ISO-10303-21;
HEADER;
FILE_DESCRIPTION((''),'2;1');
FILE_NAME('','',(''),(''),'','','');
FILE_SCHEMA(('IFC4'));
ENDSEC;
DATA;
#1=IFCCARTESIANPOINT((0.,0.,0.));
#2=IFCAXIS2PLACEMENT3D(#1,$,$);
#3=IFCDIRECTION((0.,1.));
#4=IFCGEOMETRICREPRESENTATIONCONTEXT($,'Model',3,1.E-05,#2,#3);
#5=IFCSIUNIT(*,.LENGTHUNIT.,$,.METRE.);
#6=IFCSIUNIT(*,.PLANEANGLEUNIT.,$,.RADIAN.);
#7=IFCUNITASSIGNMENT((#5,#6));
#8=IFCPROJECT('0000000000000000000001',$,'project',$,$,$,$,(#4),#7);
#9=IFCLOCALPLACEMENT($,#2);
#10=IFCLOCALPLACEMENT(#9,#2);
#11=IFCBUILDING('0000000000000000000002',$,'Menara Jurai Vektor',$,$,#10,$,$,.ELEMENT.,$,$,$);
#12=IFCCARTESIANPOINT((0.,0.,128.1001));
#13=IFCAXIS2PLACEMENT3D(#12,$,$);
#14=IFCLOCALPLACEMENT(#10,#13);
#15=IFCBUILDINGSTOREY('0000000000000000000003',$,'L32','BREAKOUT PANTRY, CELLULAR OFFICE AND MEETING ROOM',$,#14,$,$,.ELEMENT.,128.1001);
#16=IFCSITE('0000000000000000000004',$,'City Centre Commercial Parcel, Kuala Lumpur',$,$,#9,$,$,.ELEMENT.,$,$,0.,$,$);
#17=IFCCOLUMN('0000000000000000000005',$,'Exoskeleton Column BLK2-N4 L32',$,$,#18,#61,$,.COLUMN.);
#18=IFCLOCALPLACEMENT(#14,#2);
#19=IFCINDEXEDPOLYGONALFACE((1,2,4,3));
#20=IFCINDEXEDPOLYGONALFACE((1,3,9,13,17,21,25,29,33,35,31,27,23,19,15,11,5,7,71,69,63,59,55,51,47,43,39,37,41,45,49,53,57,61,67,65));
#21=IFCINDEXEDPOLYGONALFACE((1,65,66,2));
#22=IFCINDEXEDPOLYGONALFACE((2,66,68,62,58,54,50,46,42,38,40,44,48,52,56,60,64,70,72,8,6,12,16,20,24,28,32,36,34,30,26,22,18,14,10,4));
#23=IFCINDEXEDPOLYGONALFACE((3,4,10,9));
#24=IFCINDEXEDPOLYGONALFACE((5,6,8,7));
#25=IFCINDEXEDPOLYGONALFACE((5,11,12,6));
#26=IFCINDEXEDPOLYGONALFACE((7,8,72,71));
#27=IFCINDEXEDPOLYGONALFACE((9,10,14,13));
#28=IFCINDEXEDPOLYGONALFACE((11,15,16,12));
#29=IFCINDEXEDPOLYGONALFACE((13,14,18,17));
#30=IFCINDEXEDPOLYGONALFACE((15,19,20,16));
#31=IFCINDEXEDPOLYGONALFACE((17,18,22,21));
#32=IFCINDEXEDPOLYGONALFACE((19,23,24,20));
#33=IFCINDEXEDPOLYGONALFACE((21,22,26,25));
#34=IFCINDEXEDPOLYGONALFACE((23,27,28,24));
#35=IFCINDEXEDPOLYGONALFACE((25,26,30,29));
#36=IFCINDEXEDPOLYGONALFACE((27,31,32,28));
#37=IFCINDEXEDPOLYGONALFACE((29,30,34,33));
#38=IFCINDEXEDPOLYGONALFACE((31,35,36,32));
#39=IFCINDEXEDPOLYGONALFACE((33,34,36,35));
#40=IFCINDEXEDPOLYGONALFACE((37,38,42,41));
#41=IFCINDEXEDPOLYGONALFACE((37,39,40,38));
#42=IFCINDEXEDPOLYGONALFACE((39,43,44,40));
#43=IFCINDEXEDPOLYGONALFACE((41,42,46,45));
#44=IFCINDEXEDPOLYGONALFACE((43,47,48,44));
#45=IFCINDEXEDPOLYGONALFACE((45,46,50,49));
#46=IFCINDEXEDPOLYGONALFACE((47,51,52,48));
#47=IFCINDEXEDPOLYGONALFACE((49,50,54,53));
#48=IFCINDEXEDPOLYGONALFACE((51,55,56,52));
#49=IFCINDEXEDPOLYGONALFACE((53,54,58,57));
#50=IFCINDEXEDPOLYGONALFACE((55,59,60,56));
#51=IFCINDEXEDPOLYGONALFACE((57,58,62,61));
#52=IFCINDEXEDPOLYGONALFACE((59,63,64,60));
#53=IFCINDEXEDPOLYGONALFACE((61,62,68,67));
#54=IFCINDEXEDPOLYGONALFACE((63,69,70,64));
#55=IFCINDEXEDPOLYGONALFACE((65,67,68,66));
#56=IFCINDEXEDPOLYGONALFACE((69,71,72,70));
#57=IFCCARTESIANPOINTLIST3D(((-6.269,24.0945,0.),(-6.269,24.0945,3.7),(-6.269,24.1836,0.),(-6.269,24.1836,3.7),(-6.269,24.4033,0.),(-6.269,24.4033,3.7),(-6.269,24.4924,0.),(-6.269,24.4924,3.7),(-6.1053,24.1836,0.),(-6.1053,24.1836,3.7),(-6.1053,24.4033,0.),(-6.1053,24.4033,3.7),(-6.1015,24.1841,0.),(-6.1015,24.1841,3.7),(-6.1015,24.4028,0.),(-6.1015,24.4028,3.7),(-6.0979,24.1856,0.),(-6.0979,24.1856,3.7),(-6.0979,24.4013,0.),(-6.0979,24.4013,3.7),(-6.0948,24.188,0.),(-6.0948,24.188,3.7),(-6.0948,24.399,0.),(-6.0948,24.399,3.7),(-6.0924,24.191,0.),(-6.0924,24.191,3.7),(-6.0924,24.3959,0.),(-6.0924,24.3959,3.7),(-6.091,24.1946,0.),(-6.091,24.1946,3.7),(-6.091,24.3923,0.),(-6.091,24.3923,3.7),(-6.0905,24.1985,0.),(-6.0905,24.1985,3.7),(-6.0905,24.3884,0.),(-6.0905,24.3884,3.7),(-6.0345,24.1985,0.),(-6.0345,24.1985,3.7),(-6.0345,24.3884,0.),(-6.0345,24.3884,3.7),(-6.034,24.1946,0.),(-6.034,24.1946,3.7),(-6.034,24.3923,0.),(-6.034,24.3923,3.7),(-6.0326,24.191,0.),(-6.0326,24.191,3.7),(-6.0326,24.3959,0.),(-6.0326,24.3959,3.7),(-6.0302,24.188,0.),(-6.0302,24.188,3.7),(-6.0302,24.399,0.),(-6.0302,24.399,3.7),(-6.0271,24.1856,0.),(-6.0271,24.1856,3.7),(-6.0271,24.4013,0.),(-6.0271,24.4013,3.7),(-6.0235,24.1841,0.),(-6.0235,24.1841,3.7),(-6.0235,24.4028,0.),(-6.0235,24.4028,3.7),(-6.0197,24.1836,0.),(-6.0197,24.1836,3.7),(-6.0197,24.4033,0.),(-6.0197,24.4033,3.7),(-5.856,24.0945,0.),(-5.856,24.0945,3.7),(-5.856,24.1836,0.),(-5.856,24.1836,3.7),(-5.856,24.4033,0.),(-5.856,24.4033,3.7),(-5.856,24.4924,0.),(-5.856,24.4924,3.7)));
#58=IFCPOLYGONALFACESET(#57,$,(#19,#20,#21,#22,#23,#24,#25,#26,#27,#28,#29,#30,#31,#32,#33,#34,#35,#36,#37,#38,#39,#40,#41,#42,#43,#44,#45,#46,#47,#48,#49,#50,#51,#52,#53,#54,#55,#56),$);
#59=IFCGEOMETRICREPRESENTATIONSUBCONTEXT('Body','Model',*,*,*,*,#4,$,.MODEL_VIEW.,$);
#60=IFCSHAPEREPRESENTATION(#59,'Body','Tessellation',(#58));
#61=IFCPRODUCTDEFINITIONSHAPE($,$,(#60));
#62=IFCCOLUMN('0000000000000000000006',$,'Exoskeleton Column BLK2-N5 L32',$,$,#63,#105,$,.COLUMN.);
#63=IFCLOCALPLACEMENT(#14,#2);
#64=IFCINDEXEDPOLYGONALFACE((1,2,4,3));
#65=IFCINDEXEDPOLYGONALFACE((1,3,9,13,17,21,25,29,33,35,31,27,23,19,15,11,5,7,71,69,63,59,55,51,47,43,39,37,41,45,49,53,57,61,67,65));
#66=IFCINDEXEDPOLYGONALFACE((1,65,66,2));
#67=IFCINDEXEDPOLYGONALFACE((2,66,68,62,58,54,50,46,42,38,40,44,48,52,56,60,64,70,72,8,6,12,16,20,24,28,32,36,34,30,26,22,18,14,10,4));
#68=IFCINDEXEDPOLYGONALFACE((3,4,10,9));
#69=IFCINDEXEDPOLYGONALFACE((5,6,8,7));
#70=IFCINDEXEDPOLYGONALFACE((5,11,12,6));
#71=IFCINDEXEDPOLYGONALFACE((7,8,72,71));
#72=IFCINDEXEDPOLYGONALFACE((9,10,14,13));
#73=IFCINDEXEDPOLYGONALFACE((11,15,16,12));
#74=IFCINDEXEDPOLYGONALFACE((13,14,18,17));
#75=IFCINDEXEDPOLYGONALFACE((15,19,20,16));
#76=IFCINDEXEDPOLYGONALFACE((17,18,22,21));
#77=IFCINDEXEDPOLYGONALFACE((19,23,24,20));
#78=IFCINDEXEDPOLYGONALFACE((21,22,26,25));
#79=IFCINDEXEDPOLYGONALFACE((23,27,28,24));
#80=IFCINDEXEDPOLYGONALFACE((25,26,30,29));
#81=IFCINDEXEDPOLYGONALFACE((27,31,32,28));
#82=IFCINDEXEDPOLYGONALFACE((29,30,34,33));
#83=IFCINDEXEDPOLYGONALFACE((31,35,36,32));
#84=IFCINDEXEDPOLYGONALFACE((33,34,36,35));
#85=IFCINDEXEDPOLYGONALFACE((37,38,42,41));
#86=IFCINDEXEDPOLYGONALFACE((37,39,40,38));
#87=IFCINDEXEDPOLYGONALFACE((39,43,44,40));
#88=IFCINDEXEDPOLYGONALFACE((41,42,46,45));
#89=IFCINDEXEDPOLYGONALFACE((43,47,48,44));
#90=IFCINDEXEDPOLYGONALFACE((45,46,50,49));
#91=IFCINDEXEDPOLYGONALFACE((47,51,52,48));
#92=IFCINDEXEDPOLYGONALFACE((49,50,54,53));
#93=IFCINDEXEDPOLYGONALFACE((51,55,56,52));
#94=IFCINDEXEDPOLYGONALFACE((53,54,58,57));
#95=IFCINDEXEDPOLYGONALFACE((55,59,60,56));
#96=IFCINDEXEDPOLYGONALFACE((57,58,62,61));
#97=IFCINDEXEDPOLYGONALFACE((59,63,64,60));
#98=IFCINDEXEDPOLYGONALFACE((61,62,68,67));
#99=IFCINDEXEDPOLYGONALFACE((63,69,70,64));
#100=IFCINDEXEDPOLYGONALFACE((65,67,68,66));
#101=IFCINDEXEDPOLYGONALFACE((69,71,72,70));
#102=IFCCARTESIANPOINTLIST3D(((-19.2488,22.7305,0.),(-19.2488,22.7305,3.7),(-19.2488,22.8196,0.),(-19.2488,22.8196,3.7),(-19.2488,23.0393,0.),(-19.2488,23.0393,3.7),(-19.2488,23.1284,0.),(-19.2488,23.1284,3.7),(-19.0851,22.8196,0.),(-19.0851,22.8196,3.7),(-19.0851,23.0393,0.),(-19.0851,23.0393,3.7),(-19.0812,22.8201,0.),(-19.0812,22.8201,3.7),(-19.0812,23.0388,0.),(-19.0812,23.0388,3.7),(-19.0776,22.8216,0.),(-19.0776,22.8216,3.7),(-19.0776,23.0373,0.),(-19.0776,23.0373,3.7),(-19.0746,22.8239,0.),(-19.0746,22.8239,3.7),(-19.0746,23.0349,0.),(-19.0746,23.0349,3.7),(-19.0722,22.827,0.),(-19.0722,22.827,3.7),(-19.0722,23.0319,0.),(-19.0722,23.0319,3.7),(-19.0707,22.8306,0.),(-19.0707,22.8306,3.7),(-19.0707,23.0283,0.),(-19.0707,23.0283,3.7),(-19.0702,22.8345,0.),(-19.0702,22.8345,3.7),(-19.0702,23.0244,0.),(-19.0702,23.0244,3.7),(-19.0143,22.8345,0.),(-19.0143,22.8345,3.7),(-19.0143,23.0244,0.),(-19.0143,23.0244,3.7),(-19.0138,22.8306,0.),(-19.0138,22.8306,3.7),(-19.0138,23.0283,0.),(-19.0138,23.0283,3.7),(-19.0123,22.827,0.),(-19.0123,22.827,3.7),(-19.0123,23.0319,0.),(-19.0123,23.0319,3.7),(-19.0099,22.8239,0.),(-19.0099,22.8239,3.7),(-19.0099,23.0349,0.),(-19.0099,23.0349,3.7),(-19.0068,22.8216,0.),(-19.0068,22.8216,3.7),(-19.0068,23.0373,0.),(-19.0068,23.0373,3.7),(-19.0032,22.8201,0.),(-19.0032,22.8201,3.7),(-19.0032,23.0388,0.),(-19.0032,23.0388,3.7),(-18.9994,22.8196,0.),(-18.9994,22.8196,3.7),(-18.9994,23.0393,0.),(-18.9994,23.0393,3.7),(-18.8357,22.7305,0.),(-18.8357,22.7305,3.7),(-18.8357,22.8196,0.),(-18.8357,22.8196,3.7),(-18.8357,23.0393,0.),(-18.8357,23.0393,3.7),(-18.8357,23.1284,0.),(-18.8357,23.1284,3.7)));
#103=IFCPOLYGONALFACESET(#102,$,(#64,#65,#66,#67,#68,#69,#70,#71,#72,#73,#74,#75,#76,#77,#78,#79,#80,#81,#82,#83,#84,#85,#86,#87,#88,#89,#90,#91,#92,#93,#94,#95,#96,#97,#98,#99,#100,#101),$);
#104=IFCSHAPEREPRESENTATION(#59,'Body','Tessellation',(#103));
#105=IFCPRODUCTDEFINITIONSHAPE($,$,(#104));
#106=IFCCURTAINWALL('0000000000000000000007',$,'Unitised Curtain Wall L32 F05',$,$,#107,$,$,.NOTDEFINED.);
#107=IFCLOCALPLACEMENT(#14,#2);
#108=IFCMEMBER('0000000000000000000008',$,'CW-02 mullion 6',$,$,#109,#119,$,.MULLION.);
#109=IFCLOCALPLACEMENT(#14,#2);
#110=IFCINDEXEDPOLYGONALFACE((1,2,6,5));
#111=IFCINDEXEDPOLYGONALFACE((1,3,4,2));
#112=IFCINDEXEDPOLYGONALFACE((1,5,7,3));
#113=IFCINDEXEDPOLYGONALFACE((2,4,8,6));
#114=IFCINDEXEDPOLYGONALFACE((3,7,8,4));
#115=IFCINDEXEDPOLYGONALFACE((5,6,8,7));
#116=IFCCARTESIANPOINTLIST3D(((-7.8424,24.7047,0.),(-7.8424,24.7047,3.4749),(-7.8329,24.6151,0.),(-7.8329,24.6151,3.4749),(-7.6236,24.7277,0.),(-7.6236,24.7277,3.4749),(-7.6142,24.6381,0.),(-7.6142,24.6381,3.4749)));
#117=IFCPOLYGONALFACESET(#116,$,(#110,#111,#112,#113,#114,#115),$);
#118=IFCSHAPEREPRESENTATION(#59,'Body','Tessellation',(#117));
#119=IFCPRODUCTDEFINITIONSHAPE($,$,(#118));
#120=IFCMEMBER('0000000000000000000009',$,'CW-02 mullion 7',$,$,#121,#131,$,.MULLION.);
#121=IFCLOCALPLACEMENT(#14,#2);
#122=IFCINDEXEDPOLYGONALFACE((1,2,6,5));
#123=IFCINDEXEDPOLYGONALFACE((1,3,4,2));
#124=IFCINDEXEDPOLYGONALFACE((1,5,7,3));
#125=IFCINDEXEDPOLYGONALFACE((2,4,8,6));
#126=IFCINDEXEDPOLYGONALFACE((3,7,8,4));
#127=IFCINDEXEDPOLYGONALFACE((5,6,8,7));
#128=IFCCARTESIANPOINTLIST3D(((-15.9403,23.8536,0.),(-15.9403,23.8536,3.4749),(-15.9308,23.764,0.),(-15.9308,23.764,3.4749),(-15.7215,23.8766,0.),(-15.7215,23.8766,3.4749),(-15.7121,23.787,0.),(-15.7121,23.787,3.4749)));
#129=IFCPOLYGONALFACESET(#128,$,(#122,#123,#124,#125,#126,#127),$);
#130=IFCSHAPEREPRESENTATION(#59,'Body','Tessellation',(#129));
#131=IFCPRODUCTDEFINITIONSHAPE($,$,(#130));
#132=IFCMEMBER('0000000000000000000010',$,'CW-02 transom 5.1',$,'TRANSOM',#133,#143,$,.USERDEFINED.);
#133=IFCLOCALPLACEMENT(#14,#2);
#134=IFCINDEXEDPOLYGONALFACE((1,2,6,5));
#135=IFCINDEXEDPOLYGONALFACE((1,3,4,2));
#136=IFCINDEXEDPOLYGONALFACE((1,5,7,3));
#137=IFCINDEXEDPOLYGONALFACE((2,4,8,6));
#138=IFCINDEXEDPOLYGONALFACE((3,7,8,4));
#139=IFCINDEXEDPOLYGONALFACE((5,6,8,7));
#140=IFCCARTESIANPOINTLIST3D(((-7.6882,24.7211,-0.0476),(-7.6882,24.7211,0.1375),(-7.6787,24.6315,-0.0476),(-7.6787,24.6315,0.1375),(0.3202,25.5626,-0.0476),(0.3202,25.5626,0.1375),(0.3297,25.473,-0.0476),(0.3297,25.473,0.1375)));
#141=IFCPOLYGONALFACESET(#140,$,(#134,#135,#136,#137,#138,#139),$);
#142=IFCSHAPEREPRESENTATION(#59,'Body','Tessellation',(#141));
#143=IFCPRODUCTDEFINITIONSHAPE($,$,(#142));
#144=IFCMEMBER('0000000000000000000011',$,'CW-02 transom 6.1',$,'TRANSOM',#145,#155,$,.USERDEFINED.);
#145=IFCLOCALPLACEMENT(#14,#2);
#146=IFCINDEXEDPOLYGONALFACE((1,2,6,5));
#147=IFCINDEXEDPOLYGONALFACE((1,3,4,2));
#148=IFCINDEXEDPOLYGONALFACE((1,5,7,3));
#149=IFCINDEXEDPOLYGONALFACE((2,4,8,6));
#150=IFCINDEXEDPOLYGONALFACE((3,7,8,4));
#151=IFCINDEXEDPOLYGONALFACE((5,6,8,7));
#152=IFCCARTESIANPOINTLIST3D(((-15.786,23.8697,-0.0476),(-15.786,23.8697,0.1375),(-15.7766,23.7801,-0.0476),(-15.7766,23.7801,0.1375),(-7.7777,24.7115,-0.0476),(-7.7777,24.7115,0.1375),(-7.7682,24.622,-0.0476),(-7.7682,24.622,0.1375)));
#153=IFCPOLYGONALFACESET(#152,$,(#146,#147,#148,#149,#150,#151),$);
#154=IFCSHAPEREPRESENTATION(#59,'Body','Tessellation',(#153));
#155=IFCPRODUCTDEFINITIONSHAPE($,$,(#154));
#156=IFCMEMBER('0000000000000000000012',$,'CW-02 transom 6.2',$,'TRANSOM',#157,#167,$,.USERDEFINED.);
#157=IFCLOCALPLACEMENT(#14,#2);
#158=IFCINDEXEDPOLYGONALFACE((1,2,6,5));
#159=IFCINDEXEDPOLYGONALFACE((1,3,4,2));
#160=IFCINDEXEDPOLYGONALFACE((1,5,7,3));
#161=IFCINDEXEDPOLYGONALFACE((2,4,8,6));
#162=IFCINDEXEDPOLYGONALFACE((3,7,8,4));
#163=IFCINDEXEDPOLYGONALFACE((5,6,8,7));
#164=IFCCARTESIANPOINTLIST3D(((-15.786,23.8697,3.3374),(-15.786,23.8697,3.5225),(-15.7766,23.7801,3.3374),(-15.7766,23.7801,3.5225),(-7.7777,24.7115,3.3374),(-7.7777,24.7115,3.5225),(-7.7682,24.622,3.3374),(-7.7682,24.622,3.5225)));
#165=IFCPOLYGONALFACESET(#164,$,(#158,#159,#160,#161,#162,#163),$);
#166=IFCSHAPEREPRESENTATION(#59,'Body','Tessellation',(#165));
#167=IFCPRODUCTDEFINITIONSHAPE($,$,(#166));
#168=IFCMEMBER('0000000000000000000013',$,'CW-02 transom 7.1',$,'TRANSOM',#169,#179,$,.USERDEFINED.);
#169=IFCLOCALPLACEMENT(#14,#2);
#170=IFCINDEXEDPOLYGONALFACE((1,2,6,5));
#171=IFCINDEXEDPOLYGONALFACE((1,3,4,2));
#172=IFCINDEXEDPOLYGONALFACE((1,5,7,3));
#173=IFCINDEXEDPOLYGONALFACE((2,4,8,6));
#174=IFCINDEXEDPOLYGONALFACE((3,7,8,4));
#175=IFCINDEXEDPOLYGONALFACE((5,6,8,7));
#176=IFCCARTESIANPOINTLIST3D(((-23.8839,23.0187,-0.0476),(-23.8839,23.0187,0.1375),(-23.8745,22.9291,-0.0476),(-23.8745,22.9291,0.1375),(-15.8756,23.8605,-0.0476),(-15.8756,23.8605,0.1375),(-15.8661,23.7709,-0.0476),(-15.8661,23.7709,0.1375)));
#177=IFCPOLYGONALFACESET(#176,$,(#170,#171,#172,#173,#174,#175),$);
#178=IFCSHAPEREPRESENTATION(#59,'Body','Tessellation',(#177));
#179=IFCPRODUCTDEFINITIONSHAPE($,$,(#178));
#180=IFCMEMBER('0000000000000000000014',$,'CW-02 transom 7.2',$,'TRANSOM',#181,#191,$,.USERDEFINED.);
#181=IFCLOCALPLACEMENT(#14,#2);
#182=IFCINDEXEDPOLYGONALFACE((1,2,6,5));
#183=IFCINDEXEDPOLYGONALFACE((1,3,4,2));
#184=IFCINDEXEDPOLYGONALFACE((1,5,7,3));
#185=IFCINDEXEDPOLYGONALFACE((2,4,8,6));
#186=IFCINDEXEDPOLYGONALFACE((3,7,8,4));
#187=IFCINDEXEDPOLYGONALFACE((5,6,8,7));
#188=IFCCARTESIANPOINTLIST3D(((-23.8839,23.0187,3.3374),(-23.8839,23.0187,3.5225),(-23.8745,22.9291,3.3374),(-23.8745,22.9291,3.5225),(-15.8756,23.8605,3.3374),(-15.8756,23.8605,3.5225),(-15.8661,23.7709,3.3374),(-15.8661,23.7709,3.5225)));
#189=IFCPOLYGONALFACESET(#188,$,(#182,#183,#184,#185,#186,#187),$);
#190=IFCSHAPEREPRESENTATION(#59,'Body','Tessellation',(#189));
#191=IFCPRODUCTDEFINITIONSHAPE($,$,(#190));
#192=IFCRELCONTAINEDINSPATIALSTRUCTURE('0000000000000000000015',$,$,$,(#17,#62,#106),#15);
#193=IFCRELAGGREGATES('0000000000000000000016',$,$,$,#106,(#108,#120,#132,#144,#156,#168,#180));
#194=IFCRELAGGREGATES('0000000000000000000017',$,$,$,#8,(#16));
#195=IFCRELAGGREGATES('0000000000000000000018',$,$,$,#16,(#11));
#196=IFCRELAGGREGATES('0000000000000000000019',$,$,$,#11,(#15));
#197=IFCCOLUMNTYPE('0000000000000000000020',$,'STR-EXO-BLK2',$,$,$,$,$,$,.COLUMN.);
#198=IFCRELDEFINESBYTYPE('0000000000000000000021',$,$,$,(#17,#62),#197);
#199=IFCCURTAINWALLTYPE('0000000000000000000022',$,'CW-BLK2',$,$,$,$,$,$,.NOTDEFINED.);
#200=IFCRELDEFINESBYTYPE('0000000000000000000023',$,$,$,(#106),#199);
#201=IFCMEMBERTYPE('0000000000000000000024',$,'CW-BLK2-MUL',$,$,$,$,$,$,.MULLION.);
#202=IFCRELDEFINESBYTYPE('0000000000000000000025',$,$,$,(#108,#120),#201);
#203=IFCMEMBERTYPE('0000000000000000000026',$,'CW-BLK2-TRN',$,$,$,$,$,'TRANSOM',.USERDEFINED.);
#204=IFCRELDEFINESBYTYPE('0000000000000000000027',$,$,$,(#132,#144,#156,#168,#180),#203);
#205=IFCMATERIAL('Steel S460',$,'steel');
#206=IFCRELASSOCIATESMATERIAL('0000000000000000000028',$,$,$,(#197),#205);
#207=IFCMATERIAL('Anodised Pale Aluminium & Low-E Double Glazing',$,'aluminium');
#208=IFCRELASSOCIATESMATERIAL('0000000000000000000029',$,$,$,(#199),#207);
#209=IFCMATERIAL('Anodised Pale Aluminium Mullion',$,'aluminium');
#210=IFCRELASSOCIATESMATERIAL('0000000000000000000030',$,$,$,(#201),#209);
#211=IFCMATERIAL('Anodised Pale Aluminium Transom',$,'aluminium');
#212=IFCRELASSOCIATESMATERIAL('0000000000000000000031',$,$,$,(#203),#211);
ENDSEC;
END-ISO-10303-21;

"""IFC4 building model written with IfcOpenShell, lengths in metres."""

from ifc_helpers import new_model, si_unit, direction, frame, origin, origin_2d, place, context, subcontext, project, spatial, rectangle, i_section, extrude, material, material_profile, profile_set, type_object, element, aggregate, save


model = new_model("IFC4")

# Units and contexts
model_context = context("Model", 3, precision=1e-05, world=origin(), true_north=direction((0.0, 1.0)))
body_context = subcontext(model_context, "Body", "Model", "MODEL_VIEW")
ifc_project = project(units=[si_unit("LENGTHUNIT", "METRE"), si_unit("PLANEANGLEUNIT", "RADIAN")], contexts=[model_context])

# Site, building, storey
site_placement = place(None, origin())
site = spatial("IfcSite", under=ifc_project, at=site_placement, Name="City Centre Commercial Parcel, Kuala Lumpur", CompositionType="ELEMENT", RefElevation=0.0)
building_placement = place(site_placement, origin())
building = spatial("IfcBuilding", under=site, at=building_placement, Name="Menara Jurai Vektor", CompositionType="ELEMENT")
storey_placement = place(building_placement, frame((0.0, 0.0, 128.1001)))
storey = spatial("IfcBuildingStorey", under=building, at=storey_placement, Name="L32", Description="BREAKOUT PANTRY, CELLULAR OFFICE AND MEETING ROOM", CompositionType="ELEMENT", Elevation=128.1001)

# Columns
ifc_material_1 = material(Name="Steel S460", Category="steel")
ifc_material_profile_1 = material_profile(ifc_material_1, i_section(OverallWidth=0.4131, OverallDepth=0.3979, WebThickness=0.0559, FlangeThickness=0.0891, FilletRadius=0.0149, at=origin_2d()), Name="HD 400x744")
ifc_profile_set_1 = profile_set([ifc_material_profile_1], Name="Steel S460")
column_type = type_object("IfcColumnType", Name="STR-EXO-BLK2", PredefinedType="COLUMN", material=ifc_profile_set_1)
for number, where, z_axis, x_axis, name in (
    (1, (-6.0625, 24.2935, 0.0), (0.0, 0.0, 1.0), (1.0, 0.0, 0.0), "Exoskeleton Column BLK2-N4 L32"),
    (2, (-19.0422, 22.9294, 0.0), (0.0, 0.0, 1.0), (1.0, 0.0, 0.0), "Exoskeleton Column BLK2-N5 L32"),
):
    element("IfcColumn", number, at=place(storey_placement, frame(where, z_axis=z_axis, x_axis=x_axis)), inside=storey, type_object=column_type, Name=name, PredefinedType="COLUMN", context=body_context, shape_type="SweptSolid", body=[
        extrude(i_section(OverallWidth=0.4131, OverallDepth=0.3979, WebThickness=0.0559, FlangeThickness=0.0891, FilletRadius=0.0149, at=origin_2d()), origin(), (0.0, 0.0, 1.0), 3.7),
    ])

# Curtain wall, members
ifc_material_2 = material(Name="Anodised Pale Aluminium & Low-E Double Glazing", Category="aluminium")
curtain_wall_type = type_object("IfcCurtainWallType", Name="CW-BLK2", PredefinedType="NOTDEFINED", material=ifc_material_2)
curtain_wall_placement = place(storey_placement, origin())
curtain_wall = element("IfcCurtainWall", 3, at=curtain_wall_placement, inside=storey, type_object=curtain_wall_type, Name="Unitised Curtain Wall L32 F05", PredefinedType="NOTDEFINED")
ifc_material_3 = material(Name="Anodised Pale Aluminium Mullion", Category="aluminium")
ifc_material_profile_2 = material_profile(ifc_material_3, rectangle(XDim=0.0901, YDim=0.22, at=origin_2d()), Name="ALU MUL 90x220")
ifc_profile_set_2 = profile_set([ifc_material_profile_2], Name="Anodised Pale Aluminium Mullion")
member_type_1 = type_object("IfcMemberType", Name="CW-BLK2-MUL", PredefinedType="MULLION", material=ifc_profile_set_2)
member_1_placement = place(storey_placement, frame((-7.7283, 24.6714, 0.0), z_axis=(0.0, 0.0, 1.0), x_axis=(0.104529, -0.994522, 0.0)))
member_1 = element("IfcMember", 4, at=member_1_placement, type_object=member_type_1, Name="CW-02 mullion 6", PredefinedType="MULLION", context=body_context, shape_type="SweptSolid", body=[
    extrude(rectangle(XDim=0.0901, YDim=0.22, at=origin_2d()), origin(), (0.0, 0.0, 1.0), 3.4749),
])
member_2_placement = place(storey_placement, frame((-15.8262, 23.8203, 0.0), z_axis=(0.0, 0.0, 1.0), x_axis=(0.104529, -0.994522, 0.0)))
member_2 = element("IfcMember", 5, at=member_2_placement, type_object=member_type_1, Name="CW-02 mullion 7", PredefinedType="MULLION", context=body_context, shape_type="SweptSolid", body=[
    extrude(rectangle(XDim=0.0901, YDim=0.22, at=origin_2d()), origin(), (0.0, 0.0, 1.0), 3.4749),
])
ifc_material_4 = material(Name="Anodised Pale Aluminium Transom", Category="aluminium")
ifc_material_profile_3 = material_profile(ifc_material_4, rectangle(XDim=0.0901, YDim=0.1851, at=origin_2d()), Name="ALU TRN 90x185")
ifc_profile_set_3 = profile_set([ifc_material_profile_3], Name="Anodised Pale Aluminium Transom")
member_type_2 = type_object("IfcMemberType", Name="CW-BLK2-TRN", ElementType="TRANSOM", PredefinedType="USERDEFINED", material=ifc_profile_set_3)
member_3_placement = place(storey_placement, frame((0.325, 25.5178, 0.0449), z_axis=(-0.994524, -0.10451, 0.0), x_axis=(0.10451, -0.994524, 0.0)))
member_3 = element("IfcMember", 6, at=member_3_placement, type_object=member_type_2, Name="CW-02 transom 5.1", ObjectType="TRANSOM", PredefinedType="USERDEFINED", context=body_context, shape_type="SweptSolid", body=[
    extrude(rectangle(XDim=0.0901, YDim=0.1851, at=origin_2d()), origin(), (0.0, 0.0, 1.0), 8.0525),
])
member_4_placement = place(storey_placement, frame((-7.7729, 24.6667, 0.0449), z_axis=(-0.994521, -0.10454, 0.0), x_axis=(0.10454, -0.994521, 0.0)))
member_4 = element("IfcMember", 7, at=member_4_placement, type_object=member_type_2, Name="CW-02 transom 6.1", ObjectType="TRANSOM", PredefinedType="USERDEFINED", context=body_context, shape_type="SweptSolid", body=[
    extrude(rectangle(XDim=0.0901, YDim=0.1851, at=origin_2d()), origin(), (0.0, 0.0, 1.0), 8.0525),
])
member_5_placement = place(storey_placement, frame((-7.7729, 24.6667, 3.4299), z_axis=(-0.994521, -0.10454, 0.0), x_axis=(0.10454, -0.994521, 0.0)))
member_5 = element("IfcMember", 8, at=member_5_placement, type_object=member_type_2, Name="CW-02 transom 6.2", ObjectType="TRANSOM", PredefinedType="USERDEFINED", context=body_context, shape_type="SweptSolid", body=[
    extrude(rectangle(XDim=0.0901, YDim=0.1851, at=origin_2d()), origin(), (0.0, 0.0, 1.0), 8.0525),
])
member_6_placement = place(storey_placement, frame((-15.8708, 23.8157, 0.0449), z_axis=(-0.994521, -0.10454, 0.0), x_axis=(0.10454, -0.994521, 0.0)))
member_6 = element("IfcMember", 9, at=member_6_placement, type_object=member_type_2, Name="CW-02 transom 7.1", ObjectType="TRANSOM", PredefinedType="USERDEFINED", context=body_context, shape_type="SweptSolid", body=[
    extrude(rectangle(XDim=0.0901, YDim=0.1851, at=origin_2d()), origin(), (0.0, 0.0, 1.0), 8.0525),
])
member_7_placement = place(storey_placement, frame((-15.8708, 23.8157, 3.4299), z_axis=(-0.994521, -0.10454, 0.0), x_axis=(0.10454, -0.994521, 0.0)))
member_7 = element("IfcMember", 10, at=member_7_placement, type_object=member_type_2, Name="CW-02 transom 7.2", ObjectType="TRANSOM", PredefinedType="USERDEFINED", context=body_context, shape_type="SweptSolid", body=[
    extrude(rectangle(XDim=0.0901, YDim=0.1851, at=origin_2d()), origin(), (0.0, 0.0, 1.0), 8.0525),
])

aggregate(curtain_wall, [member_1, member_2, member_3, member_4, member_5, member_6, member_7])

save(model, "model.ifc")
